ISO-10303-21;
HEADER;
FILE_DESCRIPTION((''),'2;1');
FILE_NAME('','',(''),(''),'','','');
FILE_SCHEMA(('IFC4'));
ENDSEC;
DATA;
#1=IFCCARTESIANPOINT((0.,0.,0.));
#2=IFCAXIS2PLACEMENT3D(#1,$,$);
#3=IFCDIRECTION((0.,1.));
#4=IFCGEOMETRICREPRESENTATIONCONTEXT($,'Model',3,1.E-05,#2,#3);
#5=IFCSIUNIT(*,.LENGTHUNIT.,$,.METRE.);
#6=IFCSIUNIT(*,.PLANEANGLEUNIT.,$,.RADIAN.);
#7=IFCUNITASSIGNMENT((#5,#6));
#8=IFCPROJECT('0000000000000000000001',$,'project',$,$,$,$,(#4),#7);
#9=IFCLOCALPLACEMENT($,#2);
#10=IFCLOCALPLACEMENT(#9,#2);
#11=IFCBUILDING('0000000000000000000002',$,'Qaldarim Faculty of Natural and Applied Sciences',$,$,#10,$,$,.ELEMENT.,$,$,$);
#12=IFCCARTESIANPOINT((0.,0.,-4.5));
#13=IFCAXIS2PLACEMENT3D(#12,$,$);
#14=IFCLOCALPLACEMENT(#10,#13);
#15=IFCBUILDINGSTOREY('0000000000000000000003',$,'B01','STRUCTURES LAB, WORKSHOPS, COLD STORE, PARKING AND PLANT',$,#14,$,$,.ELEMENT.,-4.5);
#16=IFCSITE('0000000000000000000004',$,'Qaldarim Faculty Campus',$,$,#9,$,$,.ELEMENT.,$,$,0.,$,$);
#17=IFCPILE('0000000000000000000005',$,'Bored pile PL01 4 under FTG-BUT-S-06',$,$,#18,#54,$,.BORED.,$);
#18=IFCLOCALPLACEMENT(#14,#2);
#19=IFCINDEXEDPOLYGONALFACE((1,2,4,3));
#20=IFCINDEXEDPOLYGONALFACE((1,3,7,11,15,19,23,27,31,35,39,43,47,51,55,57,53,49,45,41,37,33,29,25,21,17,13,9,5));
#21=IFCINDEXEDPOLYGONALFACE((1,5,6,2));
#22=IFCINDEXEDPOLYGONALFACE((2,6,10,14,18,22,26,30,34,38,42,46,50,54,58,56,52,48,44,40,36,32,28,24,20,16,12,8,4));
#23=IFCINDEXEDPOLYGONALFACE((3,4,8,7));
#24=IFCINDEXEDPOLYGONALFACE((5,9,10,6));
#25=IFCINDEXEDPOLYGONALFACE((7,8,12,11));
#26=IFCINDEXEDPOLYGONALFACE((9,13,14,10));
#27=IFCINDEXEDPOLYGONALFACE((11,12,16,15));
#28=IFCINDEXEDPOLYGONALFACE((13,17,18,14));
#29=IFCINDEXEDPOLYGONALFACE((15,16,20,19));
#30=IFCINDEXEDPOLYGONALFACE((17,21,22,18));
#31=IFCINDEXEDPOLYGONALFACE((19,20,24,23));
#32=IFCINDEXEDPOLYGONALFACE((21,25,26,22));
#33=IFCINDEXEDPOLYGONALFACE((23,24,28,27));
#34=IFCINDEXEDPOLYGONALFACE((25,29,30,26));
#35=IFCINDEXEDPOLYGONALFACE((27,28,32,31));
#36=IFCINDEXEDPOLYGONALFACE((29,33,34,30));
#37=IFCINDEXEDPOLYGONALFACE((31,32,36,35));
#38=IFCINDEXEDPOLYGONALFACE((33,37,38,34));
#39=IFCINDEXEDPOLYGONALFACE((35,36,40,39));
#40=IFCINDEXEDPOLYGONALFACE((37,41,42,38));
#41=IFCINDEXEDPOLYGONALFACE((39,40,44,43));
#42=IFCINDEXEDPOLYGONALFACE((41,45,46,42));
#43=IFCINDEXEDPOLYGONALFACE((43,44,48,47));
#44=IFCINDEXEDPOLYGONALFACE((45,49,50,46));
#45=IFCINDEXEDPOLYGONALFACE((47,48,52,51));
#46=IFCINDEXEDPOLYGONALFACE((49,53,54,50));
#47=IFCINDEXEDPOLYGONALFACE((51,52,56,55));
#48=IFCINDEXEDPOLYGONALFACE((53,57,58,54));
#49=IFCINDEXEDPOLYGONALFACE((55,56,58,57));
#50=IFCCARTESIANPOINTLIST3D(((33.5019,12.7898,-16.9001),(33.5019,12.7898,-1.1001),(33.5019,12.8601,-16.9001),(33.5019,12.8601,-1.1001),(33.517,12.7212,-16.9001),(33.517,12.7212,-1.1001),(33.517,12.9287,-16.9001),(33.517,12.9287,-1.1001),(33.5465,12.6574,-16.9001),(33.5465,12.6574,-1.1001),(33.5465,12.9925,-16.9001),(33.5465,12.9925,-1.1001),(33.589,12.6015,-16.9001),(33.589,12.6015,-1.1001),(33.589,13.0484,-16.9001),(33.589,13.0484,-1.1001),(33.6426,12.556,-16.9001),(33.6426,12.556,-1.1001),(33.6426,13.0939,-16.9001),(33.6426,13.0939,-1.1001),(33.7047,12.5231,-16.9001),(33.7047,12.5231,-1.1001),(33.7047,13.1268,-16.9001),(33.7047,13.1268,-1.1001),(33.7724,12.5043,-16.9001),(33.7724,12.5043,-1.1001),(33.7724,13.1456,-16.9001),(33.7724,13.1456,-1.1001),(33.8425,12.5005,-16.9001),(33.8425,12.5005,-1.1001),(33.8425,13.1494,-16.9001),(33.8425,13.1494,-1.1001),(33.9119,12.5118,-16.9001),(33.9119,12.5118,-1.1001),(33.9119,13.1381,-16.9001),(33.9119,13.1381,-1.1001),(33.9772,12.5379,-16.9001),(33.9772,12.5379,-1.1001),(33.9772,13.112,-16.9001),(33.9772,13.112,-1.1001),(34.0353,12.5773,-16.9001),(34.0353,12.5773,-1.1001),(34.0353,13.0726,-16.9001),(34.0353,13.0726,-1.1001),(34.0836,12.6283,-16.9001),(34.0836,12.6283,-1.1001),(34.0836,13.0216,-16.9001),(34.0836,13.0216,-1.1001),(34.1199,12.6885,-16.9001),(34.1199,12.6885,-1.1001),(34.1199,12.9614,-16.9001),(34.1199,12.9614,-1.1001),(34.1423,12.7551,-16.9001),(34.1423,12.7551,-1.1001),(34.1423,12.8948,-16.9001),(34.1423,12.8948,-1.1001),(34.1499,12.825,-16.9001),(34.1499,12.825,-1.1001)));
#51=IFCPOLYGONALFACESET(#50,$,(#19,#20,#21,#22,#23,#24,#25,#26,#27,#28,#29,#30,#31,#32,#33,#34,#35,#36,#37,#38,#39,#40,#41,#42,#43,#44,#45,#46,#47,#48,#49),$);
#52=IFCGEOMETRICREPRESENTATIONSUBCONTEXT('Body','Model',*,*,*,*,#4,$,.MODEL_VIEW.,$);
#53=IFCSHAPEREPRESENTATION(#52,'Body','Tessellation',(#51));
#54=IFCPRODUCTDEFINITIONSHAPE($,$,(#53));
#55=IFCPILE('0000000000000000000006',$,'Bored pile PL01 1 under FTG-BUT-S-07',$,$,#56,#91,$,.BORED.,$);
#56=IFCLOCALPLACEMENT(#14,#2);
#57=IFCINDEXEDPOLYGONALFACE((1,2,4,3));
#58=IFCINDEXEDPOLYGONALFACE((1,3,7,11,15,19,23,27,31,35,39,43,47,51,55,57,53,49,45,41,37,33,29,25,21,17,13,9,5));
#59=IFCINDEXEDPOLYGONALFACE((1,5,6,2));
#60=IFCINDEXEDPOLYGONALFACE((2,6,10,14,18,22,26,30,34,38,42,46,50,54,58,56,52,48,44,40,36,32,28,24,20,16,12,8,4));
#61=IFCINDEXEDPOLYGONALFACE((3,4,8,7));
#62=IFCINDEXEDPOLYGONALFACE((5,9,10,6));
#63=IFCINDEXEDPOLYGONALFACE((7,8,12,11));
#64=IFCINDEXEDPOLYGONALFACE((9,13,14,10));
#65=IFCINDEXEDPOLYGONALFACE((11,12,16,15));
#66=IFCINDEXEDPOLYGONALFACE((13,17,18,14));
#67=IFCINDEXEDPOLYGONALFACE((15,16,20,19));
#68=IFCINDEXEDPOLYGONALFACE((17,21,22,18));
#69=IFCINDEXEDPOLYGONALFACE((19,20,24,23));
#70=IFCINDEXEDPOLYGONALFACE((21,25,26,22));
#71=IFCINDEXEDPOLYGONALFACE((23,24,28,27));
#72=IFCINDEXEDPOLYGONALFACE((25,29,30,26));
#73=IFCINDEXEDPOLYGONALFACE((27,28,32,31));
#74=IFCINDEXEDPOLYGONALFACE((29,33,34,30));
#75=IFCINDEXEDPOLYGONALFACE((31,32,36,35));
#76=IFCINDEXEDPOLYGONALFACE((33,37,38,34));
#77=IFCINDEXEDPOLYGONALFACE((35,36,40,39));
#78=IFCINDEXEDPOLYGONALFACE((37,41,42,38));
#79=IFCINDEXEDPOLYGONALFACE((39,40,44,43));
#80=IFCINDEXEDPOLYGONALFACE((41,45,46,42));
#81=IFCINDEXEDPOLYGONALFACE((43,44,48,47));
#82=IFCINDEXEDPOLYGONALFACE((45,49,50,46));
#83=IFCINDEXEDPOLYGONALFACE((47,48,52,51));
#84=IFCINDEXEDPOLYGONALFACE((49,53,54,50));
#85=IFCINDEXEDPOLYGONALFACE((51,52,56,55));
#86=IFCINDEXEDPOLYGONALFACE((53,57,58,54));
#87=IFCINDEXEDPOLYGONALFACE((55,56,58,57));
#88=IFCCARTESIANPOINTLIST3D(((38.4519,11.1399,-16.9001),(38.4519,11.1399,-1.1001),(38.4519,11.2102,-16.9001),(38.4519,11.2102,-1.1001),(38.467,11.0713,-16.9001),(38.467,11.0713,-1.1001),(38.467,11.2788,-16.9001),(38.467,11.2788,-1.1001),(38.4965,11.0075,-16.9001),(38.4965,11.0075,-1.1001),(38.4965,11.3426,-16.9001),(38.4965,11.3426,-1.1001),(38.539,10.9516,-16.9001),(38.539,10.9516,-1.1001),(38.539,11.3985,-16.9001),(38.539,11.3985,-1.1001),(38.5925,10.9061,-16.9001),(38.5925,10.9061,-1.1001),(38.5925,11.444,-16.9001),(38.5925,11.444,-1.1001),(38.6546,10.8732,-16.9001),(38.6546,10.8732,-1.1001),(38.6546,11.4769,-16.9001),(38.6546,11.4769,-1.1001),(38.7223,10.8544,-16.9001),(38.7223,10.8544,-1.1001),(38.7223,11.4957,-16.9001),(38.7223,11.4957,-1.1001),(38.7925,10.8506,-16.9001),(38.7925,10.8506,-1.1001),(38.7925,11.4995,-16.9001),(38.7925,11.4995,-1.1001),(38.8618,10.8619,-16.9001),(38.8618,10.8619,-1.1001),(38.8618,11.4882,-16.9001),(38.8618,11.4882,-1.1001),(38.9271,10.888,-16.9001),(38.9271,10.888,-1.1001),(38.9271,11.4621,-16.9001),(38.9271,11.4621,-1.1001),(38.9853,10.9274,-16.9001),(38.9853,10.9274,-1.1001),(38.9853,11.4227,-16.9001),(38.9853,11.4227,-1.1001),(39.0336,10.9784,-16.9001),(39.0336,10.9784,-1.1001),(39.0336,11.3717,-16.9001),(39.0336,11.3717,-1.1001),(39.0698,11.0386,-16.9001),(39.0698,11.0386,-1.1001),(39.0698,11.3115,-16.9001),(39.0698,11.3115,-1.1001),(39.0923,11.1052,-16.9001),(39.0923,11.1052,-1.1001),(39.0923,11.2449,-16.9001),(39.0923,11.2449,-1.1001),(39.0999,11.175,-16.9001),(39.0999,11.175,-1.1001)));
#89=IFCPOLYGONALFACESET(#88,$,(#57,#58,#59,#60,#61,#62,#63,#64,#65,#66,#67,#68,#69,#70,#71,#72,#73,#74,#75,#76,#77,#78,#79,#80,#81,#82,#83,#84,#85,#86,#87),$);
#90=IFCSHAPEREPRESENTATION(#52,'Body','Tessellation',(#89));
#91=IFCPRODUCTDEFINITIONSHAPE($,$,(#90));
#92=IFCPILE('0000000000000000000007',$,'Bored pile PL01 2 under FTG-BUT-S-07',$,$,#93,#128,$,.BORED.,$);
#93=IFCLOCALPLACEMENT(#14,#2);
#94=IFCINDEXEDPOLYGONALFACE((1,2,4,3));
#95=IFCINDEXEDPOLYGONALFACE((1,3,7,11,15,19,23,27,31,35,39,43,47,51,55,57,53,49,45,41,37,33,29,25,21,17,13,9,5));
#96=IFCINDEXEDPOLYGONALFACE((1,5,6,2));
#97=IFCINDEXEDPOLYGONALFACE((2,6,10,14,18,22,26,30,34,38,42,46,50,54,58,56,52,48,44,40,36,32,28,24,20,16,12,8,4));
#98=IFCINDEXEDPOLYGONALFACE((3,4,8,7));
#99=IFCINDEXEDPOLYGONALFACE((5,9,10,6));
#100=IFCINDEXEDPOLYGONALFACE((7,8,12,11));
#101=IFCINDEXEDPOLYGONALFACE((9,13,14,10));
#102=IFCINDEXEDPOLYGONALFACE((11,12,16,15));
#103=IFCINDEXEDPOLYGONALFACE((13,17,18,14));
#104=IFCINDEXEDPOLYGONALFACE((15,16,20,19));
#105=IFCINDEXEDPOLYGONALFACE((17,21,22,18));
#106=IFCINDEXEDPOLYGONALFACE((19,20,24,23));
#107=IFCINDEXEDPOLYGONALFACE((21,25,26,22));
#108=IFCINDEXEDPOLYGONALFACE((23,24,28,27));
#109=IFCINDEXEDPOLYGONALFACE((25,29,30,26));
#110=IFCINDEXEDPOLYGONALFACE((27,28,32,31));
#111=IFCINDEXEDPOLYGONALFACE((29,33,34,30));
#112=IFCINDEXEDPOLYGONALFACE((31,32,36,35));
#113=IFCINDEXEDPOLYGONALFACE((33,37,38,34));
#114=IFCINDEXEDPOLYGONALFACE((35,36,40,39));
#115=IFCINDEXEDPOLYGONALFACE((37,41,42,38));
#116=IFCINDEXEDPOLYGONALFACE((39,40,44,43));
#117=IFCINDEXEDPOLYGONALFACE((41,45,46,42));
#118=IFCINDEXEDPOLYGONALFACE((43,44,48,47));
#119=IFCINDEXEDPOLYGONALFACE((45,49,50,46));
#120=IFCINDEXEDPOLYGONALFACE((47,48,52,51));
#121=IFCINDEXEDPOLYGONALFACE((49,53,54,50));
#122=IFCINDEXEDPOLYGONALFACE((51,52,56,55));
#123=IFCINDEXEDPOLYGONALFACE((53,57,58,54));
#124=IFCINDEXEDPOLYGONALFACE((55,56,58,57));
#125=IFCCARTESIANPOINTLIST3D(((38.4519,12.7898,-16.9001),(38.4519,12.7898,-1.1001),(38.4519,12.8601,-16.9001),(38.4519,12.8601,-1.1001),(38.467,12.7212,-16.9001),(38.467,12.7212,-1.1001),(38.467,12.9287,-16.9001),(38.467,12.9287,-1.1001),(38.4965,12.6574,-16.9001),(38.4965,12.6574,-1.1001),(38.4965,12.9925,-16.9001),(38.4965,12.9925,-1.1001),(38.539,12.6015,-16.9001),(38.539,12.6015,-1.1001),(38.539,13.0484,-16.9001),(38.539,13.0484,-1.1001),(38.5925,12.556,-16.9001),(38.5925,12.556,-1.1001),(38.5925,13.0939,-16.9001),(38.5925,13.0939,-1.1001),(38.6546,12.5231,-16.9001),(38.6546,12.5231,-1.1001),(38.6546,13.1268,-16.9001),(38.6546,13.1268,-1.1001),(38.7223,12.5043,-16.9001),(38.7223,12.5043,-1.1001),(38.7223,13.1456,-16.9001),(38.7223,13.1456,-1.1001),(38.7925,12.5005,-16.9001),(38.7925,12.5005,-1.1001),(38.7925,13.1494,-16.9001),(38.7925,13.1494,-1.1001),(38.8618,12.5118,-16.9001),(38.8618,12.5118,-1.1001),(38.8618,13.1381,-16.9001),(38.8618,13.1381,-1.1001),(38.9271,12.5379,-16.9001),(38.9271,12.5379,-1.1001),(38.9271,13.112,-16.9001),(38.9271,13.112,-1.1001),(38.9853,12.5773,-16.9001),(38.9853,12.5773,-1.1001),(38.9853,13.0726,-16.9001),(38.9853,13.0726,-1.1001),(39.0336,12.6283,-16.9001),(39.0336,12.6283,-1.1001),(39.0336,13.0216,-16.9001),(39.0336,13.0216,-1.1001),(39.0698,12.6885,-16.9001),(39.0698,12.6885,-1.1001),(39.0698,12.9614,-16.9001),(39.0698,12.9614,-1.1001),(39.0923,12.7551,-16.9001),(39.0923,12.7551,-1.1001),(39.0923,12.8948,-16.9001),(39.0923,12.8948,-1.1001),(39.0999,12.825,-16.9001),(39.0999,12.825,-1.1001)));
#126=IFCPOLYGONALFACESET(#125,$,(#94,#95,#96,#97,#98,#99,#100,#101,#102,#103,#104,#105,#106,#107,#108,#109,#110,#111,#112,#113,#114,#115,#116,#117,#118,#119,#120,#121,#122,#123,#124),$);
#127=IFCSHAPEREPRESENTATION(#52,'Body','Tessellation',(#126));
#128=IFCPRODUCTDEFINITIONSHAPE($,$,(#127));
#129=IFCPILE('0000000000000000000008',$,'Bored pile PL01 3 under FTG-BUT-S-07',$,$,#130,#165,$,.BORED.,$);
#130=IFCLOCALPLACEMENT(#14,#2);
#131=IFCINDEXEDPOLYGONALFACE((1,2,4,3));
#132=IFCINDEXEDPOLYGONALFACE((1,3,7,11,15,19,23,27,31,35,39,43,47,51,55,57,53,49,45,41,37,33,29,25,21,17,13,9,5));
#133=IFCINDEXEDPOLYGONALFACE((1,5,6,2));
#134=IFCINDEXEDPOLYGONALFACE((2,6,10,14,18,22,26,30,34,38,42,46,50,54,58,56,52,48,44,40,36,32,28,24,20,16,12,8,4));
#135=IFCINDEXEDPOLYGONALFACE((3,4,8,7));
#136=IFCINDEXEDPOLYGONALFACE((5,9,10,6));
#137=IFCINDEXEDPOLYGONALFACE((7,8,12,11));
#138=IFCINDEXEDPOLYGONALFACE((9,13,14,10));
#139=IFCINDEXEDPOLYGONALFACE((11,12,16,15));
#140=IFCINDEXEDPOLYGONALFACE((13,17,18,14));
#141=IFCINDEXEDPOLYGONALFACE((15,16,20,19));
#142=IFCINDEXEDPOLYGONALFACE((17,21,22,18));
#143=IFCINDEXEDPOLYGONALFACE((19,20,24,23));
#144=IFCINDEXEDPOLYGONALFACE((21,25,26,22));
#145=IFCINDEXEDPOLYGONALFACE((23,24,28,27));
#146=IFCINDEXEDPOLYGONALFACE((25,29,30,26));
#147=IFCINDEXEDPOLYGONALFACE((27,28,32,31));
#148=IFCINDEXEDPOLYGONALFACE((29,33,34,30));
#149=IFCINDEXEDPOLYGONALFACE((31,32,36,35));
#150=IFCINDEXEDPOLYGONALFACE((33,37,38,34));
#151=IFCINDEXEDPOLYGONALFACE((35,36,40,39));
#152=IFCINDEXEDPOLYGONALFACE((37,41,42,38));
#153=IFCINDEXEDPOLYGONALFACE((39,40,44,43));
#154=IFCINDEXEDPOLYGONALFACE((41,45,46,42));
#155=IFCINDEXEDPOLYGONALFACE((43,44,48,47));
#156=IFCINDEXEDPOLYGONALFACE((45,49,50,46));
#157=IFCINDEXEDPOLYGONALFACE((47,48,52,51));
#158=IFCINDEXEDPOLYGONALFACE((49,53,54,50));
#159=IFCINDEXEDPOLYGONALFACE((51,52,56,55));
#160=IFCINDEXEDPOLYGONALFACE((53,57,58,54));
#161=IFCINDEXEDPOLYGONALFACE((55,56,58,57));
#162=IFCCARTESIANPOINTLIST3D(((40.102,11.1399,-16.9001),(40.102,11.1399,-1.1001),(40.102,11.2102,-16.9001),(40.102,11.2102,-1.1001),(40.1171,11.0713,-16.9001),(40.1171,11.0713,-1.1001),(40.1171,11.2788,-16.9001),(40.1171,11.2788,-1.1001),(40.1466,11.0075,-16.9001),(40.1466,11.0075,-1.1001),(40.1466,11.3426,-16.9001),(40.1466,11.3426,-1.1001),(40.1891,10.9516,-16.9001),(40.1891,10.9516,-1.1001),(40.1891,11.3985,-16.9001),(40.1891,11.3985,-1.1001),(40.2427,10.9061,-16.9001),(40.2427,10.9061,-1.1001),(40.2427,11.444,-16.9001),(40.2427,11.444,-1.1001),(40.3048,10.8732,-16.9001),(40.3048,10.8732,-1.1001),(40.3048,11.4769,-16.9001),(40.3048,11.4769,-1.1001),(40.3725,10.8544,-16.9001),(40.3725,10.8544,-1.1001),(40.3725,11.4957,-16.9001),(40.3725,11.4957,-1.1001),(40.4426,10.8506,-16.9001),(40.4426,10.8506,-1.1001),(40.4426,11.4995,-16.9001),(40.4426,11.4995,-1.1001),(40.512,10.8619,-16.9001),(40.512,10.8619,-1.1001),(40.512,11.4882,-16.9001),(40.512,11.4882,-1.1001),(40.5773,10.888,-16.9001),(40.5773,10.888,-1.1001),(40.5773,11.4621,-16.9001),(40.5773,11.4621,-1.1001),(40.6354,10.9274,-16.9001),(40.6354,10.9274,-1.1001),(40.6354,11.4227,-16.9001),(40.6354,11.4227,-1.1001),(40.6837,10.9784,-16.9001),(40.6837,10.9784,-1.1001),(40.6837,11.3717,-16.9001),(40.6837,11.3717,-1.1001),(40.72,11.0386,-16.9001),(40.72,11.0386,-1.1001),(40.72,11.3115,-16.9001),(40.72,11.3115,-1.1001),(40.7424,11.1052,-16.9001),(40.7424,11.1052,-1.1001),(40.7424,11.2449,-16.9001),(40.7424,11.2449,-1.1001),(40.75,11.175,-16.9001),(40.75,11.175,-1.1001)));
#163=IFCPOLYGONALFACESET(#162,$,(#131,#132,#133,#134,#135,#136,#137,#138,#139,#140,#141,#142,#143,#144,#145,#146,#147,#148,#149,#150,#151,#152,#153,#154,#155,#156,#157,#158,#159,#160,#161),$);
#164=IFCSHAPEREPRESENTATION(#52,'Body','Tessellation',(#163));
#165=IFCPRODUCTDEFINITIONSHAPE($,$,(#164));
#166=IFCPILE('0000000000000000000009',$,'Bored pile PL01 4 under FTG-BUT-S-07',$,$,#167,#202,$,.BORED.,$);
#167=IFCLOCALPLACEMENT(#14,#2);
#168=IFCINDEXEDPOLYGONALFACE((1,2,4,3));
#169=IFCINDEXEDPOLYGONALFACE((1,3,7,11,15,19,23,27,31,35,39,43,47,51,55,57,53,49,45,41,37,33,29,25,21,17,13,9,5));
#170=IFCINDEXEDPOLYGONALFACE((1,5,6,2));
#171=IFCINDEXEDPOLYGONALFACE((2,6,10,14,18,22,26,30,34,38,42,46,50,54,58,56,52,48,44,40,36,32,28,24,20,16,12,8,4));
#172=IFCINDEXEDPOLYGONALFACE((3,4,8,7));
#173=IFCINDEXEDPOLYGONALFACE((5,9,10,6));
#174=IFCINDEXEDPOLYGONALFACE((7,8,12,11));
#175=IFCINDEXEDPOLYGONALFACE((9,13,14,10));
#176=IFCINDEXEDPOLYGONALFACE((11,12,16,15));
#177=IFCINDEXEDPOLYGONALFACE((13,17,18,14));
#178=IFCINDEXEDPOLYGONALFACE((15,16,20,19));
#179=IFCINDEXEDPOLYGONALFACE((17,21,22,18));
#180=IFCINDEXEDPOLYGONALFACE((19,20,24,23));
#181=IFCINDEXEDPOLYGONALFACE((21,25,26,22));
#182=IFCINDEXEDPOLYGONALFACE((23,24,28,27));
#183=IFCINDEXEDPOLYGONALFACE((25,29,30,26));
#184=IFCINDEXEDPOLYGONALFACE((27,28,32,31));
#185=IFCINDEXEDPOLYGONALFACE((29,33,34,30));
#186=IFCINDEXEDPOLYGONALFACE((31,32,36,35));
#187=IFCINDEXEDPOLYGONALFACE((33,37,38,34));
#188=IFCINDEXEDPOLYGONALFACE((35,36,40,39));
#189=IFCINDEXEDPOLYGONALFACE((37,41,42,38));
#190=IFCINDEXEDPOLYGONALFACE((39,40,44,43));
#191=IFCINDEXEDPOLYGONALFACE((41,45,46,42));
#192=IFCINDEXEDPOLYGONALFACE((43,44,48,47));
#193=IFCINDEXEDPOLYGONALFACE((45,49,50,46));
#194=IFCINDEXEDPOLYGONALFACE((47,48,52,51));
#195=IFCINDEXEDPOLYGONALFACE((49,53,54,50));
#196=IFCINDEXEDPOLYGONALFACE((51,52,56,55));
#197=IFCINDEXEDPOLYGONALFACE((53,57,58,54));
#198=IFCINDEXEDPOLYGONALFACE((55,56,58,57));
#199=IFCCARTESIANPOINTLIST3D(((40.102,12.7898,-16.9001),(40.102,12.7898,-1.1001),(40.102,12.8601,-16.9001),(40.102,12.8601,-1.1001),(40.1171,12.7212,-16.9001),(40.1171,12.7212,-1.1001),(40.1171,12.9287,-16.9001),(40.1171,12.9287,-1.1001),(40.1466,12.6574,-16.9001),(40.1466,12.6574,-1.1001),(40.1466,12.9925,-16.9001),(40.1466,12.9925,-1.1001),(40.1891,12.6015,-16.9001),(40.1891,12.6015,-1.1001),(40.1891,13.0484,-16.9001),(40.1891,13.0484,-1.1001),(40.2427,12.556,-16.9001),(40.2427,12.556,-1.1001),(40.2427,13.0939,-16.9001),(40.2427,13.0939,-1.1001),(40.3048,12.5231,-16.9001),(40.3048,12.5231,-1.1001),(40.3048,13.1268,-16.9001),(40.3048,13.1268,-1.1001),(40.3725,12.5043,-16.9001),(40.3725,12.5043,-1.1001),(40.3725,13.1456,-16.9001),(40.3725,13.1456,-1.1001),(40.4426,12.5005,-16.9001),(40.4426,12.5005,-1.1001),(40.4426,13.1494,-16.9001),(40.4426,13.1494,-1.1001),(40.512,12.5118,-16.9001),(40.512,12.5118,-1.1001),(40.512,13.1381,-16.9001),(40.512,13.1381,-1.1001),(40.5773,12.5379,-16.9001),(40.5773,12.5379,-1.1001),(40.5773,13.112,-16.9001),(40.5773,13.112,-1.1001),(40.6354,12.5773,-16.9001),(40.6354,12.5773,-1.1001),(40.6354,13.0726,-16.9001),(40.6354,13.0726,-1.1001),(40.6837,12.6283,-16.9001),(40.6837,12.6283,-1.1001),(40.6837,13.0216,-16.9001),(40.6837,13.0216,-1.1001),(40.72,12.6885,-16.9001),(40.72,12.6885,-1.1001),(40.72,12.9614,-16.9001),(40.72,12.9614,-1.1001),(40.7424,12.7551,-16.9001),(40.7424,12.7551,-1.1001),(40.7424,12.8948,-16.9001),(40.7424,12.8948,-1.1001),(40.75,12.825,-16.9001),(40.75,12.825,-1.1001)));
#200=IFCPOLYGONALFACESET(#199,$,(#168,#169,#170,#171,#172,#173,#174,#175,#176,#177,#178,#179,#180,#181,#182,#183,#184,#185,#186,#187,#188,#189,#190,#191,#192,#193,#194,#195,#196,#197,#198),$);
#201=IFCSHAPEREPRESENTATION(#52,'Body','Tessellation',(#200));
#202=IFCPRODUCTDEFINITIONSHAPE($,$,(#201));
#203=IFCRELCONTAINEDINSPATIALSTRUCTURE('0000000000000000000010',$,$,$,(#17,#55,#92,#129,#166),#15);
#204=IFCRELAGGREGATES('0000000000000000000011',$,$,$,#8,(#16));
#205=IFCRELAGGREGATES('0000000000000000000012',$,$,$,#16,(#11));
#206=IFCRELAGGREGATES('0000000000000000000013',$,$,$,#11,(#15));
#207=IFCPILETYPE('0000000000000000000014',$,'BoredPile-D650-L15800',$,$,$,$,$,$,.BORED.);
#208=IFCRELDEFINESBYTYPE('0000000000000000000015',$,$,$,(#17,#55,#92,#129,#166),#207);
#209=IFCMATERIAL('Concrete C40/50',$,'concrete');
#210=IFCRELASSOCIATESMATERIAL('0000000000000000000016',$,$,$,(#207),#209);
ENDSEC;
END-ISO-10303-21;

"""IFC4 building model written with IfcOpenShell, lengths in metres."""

from ifc_helpers import new_model, si_unit, direction, frame, origin, origin_2d, place, context, subcontext, project, spatial, circle, extrude, material, material_profile, profile_set, type_object, element, save


model = new_model("IFC4")

# Units and contexts
model_context = context("Model", 3, precision=1e-05, world=origin(), true_north=direction((0.0, 1.0)))
body_context = subcontext(model_context, "Body", "Model", "MODEL_VIEW")
ifc_project = project(units=[si_unit("LENGTHUNIT", "METRE"), si_unit("PLANEANGLEUNIT", "RADIAN")], contexts=[model_context])

# Site, building, storey
site_placement = place(None, origin())
site = spatial("IfcSite", under=ifc_project, at=site_placement, Name="Qaldarim Faculty Campus", CompositionType="ELEMENT", RefElevation=0.0)
building_placement = place(site_placement, origin())
building = spatial("IfcBuilding", under=site, at=building_placement, Name="Qaldarim Faculty of Natural and Applied Sciences", CompositionType="ELEMENT")
storey_placement = place(building_placement, frame((0.0, 0.0, -4.5)))
storey = spatial("IfcBuildingStorey", under=building, at=storey_placement, Name="B01", Description="STRUCTURES LAB, WORKSHOPS, COLD STORE, PARKING AND PLANT", CompositionType="ELEMENT", Elevation=-4.5)

# Piles
ifc_material_1 = material(Name="Concrete C40/50", Category="concrete")
ifc_material_profile_1 = material_profile(ifc_material_1, circle(Radius=0.325, at=origin_2d()), Name="PILE-D650")
ifc_profile_set_1 = profile_set([ifc_material_profile_1], Name="Concrete C40/50")
pile_type_1 = type_object("IfcPileType", Name="BoredPile-D650-L15800", PredefinedType="BORED", material=ifc_profile_set_1)
for number, where, z_axis, x_axis, name in (
    (1, (33.825, 12.825, -1.1001), (0.0, 0.0, -1.0), (1.0, 0.0, 0.0), "Bored pile PL01 4 under FTG-BUT-S-06"),
    (2, (38.7749, 11.175, -1.1001), (0.0, 0.0, -1.0), (1.0, 0.0, 0.0), "Bored pile PL01 1 under FTG-BUT-S-07"),
    (3, (38.7749, 12.825, -1.1001), (0.0, 0.0, -1.0), (1.0, 0.0, 0.0), "Bored pile PL01 2 under FTG-BUT-S-07"),
    (4, (40.425, 11.175, -1.1001), (0.0, 0.0, -1.0), (1.0, 0.0, 0.0), "Bored pile PL01 3 under FTG-BUT-S-07"),
    (5, (40.425, 12.825, -1.1001), (0.0, 0.0, -1.0), (1.0, 0.0, 0.0), "Bored pile PL01 4 under FTG-BUT-S-07"),
):
    element("IfcPile", number, at=place(storey_placement, frame(where, z_axis=z_axis, x_axis=x_axis)), inside=storey, type_object=pile_type_1, Name=name, PredefinedType="BORED", context=body_context, shape_type="SweptSolid", body=[
        extrude(circle(Radius=0.325, at=origin_2d()), origin(), (0.0, 0.0, 1.0), 15.8),
    ])

save(model, "model.ifc")
